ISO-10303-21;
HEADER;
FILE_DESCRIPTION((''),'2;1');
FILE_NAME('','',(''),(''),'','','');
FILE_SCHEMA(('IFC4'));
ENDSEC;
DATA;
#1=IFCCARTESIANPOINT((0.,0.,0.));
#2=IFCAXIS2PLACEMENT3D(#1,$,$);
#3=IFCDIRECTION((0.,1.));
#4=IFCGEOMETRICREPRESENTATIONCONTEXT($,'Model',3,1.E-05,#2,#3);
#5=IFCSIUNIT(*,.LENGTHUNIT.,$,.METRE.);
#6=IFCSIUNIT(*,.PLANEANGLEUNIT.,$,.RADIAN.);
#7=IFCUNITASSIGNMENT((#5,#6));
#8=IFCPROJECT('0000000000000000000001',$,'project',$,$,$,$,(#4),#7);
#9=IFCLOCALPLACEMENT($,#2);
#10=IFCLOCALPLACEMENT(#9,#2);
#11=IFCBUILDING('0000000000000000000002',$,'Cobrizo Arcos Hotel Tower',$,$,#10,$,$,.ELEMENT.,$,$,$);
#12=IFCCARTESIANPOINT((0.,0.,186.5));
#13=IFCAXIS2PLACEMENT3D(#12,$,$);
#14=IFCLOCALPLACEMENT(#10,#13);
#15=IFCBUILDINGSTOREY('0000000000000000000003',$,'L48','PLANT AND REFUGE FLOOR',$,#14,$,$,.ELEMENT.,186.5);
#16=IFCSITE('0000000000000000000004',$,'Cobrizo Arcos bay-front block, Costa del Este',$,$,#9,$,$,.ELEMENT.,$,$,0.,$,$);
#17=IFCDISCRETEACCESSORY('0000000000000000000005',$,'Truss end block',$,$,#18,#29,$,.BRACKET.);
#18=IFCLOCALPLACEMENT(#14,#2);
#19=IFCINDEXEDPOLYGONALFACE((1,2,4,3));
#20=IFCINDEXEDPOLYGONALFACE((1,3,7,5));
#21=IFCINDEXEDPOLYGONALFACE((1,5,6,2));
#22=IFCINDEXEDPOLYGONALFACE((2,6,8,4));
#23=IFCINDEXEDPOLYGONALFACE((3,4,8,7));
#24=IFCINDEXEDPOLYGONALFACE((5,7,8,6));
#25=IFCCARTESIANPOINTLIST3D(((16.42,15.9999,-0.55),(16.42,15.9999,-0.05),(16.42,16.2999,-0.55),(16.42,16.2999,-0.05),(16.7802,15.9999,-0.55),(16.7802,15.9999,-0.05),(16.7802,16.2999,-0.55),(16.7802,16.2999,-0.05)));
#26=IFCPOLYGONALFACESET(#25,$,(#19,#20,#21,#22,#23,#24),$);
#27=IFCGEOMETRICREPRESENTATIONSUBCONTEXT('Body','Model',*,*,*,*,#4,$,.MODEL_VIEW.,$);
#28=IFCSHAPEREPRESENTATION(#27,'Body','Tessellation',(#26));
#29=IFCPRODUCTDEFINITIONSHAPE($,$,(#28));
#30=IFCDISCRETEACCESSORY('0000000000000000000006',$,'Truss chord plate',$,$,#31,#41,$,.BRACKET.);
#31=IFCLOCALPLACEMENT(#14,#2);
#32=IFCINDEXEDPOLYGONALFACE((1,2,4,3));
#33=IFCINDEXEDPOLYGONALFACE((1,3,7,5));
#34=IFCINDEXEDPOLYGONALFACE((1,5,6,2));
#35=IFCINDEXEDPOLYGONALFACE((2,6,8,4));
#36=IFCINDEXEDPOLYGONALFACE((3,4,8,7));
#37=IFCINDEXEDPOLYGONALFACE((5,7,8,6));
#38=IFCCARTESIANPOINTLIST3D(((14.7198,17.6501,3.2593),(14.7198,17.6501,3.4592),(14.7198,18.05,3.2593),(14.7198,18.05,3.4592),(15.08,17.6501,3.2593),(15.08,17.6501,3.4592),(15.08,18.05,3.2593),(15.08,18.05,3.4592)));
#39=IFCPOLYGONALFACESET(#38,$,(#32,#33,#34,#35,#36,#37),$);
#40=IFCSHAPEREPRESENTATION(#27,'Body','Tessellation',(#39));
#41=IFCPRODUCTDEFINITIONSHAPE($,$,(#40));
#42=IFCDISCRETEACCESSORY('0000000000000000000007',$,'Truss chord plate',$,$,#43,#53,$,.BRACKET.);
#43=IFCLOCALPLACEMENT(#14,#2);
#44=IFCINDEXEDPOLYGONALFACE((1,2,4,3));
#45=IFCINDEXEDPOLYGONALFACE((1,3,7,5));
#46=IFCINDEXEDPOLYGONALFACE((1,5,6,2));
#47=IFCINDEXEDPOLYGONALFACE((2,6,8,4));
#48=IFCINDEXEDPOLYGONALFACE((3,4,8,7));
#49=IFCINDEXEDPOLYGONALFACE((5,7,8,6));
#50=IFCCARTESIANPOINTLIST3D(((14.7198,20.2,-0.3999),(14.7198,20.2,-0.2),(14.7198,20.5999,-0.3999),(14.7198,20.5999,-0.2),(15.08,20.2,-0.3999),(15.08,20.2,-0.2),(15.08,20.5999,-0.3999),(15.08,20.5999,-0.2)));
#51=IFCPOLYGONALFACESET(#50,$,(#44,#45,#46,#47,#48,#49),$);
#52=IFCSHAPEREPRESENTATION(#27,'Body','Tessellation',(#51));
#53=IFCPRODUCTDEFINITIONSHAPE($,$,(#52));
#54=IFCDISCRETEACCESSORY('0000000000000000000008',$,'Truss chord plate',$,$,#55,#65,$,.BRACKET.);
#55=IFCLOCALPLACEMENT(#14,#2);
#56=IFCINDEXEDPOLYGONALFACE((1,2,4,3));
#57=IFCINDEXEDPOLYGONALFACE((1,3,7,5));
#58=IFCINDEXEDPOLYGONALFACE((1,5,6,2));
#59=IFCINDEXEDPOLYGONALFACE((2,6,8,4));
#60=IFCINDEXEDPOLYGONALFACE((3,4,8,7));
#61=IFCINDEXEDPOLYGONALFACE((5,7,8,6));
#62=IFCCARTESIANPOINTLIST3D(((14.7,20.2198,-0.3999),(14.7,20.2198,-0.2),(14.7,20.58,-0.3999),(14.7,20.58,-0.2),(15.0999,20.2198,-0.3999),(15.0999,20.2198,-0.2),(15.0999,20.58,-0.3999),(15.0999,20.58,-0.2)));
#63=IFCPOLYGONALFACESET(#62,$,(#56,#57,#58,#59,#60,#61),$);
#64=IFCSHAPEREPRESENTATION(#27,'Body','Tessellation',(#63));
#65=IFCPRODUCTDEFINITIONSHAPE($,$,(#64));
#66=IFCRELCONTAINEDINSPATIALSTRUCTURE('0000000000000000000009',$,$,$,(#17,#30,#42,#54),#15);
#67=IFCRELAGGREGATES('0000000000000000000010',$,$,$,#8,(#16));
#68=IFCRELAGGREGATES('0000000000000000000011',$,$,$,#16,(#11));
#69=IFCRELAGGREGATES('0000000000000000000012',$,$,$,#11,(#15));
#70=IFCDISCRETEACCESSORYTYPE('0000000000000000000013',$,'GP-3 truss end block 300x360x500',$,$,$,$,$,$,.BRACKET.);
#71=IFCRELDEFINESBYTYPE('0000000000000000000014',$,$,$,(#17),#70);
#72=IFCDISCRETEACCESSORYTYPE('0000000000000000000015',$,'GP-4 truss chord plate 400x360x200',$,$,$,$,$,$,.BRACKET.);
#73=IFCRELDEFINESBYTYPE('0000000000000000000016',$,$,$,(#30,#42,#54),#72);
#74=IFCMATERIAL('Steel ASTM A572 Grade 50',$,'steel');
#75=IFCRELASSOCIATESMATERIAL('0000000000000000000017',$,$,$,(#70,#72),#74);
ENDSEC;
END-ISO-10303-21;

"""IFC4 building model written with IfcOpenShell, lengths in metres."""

from ifc_helpers import new_model, si_unit, direction, frame, origin, origin_2d, place, context, subcontext, project, spatial, rectangle, extrude, material, type_object, element, save


model = new_model("IFC4")

# Units and contexts
model_context = context("Model", 3, precision=1e-05, world=origin(), true_north=direction((0.0, 1.0)))
body_context = subcontext(model_context, "Body", "Model", "MODEL_VIEW")
ifc_project = project(units=[si_unit("LENGTHUNIT", "METRE"), si_unit("PLANEANGLEUNIT", "RADIAN")], contexts=[model_context])

# Site, building, storey
site_placement = place(None, origin())
site = spatial("IfcSite", under=ifc_project, at=site_placement, Name="Cobrizo Arcos bay-front block, Costa del Este", CompositionType="ELEMENT", RefElevation=0.0)
building_placement = place(site_placement, origin())
building = spatial("IfcBuilding", under=site, at=building_placement, Name="Cobrizo Arcos Hotel Tower", CompositionType="ELEMENT")
storey_placement = place(building_placement, frame((0.0, 0.0, 186.5)))
storey = spatial("IfcBuildingStorey", under=building, at=storey_placement, Name="L48", Description="PLANT AND REFUGE FLOOR", CompositionType="ELEMENT", Elevation=186.5)

# Shared definitions
ifc_material_1 = material(Name="Steel ASTM A572 Grade 50", Category="steel")

# Discrete accessories
discrete_accessory_type_1 = type_object("IfcDiscreteAccessoryType", Name="GP-3 truss end block 300x360x500", PredefinedType="BRACKET", material=ifc_material_1)
for number, where, z_axis, x_axis, name in (
    (1, (16.6001, 16.1499, -0.55), (0.0, 0.0, 1.0), (0.0, -1.0, 0.0), "Truss end block"),
):
    element("IfcDiscreteAccessory", number, at=place(storey_placement, frame(where, z_axis=z_axis, x_axis=x_axis)), inside=storey, type_object=discrete_accessory_type_1, Name=name, PredefinedType="BRACKET", context=body_context, shape_type="SweptSolid", body=[
        extrude(rectangle(XDim=0.3, YDim=0.3601, at=origin_2d()), origin(), (0.0, 0.0, 1.0), 0.5),
    ])
discrete_accessory_type_2 = type_object("IfcDiscreteAccessoryType", Name="GP-4 truss chord plate 400x360x200", PredefinedType="BRACKET", material=ifc_material_1)
for number, where, z_axis, x_axis, name in (
    (2, (14.8999, 17.8501, 3.2593), (0.0, 0.0, 1.0), (0.0, 1.0, 0.0), "Truss chord plate"),
    (3, (14.8999, 20.3999, -0.3999), (0.0, 0.0, 1.0), (0.0, 1.0, 0.0), "Truss chord plate"),
    (4, (14.8999, 20.3999, -0.3999), (0.0, 0.0, 1.0), (-1.0, 0.0, 0.0), "Truss chord plate"),
):
    element("IfcDiscreteAccessory", number, at=place(storey_placement, frame(where, z_axis=z_axis, x_axis=x_axis)), inside=storey, type_object=discrete_accessory_type_2, Name=name, PredefinedType="BRACKET", context=body_context, shape_type="SweptSolid", body=[
        extrude(rectangle(XDim=0.3999, YDim=0.3601, at=origin_2d()), origin(), (0.0, 0.0, 1.0), 0.2),
    ])

save(model, "model.ifc")
